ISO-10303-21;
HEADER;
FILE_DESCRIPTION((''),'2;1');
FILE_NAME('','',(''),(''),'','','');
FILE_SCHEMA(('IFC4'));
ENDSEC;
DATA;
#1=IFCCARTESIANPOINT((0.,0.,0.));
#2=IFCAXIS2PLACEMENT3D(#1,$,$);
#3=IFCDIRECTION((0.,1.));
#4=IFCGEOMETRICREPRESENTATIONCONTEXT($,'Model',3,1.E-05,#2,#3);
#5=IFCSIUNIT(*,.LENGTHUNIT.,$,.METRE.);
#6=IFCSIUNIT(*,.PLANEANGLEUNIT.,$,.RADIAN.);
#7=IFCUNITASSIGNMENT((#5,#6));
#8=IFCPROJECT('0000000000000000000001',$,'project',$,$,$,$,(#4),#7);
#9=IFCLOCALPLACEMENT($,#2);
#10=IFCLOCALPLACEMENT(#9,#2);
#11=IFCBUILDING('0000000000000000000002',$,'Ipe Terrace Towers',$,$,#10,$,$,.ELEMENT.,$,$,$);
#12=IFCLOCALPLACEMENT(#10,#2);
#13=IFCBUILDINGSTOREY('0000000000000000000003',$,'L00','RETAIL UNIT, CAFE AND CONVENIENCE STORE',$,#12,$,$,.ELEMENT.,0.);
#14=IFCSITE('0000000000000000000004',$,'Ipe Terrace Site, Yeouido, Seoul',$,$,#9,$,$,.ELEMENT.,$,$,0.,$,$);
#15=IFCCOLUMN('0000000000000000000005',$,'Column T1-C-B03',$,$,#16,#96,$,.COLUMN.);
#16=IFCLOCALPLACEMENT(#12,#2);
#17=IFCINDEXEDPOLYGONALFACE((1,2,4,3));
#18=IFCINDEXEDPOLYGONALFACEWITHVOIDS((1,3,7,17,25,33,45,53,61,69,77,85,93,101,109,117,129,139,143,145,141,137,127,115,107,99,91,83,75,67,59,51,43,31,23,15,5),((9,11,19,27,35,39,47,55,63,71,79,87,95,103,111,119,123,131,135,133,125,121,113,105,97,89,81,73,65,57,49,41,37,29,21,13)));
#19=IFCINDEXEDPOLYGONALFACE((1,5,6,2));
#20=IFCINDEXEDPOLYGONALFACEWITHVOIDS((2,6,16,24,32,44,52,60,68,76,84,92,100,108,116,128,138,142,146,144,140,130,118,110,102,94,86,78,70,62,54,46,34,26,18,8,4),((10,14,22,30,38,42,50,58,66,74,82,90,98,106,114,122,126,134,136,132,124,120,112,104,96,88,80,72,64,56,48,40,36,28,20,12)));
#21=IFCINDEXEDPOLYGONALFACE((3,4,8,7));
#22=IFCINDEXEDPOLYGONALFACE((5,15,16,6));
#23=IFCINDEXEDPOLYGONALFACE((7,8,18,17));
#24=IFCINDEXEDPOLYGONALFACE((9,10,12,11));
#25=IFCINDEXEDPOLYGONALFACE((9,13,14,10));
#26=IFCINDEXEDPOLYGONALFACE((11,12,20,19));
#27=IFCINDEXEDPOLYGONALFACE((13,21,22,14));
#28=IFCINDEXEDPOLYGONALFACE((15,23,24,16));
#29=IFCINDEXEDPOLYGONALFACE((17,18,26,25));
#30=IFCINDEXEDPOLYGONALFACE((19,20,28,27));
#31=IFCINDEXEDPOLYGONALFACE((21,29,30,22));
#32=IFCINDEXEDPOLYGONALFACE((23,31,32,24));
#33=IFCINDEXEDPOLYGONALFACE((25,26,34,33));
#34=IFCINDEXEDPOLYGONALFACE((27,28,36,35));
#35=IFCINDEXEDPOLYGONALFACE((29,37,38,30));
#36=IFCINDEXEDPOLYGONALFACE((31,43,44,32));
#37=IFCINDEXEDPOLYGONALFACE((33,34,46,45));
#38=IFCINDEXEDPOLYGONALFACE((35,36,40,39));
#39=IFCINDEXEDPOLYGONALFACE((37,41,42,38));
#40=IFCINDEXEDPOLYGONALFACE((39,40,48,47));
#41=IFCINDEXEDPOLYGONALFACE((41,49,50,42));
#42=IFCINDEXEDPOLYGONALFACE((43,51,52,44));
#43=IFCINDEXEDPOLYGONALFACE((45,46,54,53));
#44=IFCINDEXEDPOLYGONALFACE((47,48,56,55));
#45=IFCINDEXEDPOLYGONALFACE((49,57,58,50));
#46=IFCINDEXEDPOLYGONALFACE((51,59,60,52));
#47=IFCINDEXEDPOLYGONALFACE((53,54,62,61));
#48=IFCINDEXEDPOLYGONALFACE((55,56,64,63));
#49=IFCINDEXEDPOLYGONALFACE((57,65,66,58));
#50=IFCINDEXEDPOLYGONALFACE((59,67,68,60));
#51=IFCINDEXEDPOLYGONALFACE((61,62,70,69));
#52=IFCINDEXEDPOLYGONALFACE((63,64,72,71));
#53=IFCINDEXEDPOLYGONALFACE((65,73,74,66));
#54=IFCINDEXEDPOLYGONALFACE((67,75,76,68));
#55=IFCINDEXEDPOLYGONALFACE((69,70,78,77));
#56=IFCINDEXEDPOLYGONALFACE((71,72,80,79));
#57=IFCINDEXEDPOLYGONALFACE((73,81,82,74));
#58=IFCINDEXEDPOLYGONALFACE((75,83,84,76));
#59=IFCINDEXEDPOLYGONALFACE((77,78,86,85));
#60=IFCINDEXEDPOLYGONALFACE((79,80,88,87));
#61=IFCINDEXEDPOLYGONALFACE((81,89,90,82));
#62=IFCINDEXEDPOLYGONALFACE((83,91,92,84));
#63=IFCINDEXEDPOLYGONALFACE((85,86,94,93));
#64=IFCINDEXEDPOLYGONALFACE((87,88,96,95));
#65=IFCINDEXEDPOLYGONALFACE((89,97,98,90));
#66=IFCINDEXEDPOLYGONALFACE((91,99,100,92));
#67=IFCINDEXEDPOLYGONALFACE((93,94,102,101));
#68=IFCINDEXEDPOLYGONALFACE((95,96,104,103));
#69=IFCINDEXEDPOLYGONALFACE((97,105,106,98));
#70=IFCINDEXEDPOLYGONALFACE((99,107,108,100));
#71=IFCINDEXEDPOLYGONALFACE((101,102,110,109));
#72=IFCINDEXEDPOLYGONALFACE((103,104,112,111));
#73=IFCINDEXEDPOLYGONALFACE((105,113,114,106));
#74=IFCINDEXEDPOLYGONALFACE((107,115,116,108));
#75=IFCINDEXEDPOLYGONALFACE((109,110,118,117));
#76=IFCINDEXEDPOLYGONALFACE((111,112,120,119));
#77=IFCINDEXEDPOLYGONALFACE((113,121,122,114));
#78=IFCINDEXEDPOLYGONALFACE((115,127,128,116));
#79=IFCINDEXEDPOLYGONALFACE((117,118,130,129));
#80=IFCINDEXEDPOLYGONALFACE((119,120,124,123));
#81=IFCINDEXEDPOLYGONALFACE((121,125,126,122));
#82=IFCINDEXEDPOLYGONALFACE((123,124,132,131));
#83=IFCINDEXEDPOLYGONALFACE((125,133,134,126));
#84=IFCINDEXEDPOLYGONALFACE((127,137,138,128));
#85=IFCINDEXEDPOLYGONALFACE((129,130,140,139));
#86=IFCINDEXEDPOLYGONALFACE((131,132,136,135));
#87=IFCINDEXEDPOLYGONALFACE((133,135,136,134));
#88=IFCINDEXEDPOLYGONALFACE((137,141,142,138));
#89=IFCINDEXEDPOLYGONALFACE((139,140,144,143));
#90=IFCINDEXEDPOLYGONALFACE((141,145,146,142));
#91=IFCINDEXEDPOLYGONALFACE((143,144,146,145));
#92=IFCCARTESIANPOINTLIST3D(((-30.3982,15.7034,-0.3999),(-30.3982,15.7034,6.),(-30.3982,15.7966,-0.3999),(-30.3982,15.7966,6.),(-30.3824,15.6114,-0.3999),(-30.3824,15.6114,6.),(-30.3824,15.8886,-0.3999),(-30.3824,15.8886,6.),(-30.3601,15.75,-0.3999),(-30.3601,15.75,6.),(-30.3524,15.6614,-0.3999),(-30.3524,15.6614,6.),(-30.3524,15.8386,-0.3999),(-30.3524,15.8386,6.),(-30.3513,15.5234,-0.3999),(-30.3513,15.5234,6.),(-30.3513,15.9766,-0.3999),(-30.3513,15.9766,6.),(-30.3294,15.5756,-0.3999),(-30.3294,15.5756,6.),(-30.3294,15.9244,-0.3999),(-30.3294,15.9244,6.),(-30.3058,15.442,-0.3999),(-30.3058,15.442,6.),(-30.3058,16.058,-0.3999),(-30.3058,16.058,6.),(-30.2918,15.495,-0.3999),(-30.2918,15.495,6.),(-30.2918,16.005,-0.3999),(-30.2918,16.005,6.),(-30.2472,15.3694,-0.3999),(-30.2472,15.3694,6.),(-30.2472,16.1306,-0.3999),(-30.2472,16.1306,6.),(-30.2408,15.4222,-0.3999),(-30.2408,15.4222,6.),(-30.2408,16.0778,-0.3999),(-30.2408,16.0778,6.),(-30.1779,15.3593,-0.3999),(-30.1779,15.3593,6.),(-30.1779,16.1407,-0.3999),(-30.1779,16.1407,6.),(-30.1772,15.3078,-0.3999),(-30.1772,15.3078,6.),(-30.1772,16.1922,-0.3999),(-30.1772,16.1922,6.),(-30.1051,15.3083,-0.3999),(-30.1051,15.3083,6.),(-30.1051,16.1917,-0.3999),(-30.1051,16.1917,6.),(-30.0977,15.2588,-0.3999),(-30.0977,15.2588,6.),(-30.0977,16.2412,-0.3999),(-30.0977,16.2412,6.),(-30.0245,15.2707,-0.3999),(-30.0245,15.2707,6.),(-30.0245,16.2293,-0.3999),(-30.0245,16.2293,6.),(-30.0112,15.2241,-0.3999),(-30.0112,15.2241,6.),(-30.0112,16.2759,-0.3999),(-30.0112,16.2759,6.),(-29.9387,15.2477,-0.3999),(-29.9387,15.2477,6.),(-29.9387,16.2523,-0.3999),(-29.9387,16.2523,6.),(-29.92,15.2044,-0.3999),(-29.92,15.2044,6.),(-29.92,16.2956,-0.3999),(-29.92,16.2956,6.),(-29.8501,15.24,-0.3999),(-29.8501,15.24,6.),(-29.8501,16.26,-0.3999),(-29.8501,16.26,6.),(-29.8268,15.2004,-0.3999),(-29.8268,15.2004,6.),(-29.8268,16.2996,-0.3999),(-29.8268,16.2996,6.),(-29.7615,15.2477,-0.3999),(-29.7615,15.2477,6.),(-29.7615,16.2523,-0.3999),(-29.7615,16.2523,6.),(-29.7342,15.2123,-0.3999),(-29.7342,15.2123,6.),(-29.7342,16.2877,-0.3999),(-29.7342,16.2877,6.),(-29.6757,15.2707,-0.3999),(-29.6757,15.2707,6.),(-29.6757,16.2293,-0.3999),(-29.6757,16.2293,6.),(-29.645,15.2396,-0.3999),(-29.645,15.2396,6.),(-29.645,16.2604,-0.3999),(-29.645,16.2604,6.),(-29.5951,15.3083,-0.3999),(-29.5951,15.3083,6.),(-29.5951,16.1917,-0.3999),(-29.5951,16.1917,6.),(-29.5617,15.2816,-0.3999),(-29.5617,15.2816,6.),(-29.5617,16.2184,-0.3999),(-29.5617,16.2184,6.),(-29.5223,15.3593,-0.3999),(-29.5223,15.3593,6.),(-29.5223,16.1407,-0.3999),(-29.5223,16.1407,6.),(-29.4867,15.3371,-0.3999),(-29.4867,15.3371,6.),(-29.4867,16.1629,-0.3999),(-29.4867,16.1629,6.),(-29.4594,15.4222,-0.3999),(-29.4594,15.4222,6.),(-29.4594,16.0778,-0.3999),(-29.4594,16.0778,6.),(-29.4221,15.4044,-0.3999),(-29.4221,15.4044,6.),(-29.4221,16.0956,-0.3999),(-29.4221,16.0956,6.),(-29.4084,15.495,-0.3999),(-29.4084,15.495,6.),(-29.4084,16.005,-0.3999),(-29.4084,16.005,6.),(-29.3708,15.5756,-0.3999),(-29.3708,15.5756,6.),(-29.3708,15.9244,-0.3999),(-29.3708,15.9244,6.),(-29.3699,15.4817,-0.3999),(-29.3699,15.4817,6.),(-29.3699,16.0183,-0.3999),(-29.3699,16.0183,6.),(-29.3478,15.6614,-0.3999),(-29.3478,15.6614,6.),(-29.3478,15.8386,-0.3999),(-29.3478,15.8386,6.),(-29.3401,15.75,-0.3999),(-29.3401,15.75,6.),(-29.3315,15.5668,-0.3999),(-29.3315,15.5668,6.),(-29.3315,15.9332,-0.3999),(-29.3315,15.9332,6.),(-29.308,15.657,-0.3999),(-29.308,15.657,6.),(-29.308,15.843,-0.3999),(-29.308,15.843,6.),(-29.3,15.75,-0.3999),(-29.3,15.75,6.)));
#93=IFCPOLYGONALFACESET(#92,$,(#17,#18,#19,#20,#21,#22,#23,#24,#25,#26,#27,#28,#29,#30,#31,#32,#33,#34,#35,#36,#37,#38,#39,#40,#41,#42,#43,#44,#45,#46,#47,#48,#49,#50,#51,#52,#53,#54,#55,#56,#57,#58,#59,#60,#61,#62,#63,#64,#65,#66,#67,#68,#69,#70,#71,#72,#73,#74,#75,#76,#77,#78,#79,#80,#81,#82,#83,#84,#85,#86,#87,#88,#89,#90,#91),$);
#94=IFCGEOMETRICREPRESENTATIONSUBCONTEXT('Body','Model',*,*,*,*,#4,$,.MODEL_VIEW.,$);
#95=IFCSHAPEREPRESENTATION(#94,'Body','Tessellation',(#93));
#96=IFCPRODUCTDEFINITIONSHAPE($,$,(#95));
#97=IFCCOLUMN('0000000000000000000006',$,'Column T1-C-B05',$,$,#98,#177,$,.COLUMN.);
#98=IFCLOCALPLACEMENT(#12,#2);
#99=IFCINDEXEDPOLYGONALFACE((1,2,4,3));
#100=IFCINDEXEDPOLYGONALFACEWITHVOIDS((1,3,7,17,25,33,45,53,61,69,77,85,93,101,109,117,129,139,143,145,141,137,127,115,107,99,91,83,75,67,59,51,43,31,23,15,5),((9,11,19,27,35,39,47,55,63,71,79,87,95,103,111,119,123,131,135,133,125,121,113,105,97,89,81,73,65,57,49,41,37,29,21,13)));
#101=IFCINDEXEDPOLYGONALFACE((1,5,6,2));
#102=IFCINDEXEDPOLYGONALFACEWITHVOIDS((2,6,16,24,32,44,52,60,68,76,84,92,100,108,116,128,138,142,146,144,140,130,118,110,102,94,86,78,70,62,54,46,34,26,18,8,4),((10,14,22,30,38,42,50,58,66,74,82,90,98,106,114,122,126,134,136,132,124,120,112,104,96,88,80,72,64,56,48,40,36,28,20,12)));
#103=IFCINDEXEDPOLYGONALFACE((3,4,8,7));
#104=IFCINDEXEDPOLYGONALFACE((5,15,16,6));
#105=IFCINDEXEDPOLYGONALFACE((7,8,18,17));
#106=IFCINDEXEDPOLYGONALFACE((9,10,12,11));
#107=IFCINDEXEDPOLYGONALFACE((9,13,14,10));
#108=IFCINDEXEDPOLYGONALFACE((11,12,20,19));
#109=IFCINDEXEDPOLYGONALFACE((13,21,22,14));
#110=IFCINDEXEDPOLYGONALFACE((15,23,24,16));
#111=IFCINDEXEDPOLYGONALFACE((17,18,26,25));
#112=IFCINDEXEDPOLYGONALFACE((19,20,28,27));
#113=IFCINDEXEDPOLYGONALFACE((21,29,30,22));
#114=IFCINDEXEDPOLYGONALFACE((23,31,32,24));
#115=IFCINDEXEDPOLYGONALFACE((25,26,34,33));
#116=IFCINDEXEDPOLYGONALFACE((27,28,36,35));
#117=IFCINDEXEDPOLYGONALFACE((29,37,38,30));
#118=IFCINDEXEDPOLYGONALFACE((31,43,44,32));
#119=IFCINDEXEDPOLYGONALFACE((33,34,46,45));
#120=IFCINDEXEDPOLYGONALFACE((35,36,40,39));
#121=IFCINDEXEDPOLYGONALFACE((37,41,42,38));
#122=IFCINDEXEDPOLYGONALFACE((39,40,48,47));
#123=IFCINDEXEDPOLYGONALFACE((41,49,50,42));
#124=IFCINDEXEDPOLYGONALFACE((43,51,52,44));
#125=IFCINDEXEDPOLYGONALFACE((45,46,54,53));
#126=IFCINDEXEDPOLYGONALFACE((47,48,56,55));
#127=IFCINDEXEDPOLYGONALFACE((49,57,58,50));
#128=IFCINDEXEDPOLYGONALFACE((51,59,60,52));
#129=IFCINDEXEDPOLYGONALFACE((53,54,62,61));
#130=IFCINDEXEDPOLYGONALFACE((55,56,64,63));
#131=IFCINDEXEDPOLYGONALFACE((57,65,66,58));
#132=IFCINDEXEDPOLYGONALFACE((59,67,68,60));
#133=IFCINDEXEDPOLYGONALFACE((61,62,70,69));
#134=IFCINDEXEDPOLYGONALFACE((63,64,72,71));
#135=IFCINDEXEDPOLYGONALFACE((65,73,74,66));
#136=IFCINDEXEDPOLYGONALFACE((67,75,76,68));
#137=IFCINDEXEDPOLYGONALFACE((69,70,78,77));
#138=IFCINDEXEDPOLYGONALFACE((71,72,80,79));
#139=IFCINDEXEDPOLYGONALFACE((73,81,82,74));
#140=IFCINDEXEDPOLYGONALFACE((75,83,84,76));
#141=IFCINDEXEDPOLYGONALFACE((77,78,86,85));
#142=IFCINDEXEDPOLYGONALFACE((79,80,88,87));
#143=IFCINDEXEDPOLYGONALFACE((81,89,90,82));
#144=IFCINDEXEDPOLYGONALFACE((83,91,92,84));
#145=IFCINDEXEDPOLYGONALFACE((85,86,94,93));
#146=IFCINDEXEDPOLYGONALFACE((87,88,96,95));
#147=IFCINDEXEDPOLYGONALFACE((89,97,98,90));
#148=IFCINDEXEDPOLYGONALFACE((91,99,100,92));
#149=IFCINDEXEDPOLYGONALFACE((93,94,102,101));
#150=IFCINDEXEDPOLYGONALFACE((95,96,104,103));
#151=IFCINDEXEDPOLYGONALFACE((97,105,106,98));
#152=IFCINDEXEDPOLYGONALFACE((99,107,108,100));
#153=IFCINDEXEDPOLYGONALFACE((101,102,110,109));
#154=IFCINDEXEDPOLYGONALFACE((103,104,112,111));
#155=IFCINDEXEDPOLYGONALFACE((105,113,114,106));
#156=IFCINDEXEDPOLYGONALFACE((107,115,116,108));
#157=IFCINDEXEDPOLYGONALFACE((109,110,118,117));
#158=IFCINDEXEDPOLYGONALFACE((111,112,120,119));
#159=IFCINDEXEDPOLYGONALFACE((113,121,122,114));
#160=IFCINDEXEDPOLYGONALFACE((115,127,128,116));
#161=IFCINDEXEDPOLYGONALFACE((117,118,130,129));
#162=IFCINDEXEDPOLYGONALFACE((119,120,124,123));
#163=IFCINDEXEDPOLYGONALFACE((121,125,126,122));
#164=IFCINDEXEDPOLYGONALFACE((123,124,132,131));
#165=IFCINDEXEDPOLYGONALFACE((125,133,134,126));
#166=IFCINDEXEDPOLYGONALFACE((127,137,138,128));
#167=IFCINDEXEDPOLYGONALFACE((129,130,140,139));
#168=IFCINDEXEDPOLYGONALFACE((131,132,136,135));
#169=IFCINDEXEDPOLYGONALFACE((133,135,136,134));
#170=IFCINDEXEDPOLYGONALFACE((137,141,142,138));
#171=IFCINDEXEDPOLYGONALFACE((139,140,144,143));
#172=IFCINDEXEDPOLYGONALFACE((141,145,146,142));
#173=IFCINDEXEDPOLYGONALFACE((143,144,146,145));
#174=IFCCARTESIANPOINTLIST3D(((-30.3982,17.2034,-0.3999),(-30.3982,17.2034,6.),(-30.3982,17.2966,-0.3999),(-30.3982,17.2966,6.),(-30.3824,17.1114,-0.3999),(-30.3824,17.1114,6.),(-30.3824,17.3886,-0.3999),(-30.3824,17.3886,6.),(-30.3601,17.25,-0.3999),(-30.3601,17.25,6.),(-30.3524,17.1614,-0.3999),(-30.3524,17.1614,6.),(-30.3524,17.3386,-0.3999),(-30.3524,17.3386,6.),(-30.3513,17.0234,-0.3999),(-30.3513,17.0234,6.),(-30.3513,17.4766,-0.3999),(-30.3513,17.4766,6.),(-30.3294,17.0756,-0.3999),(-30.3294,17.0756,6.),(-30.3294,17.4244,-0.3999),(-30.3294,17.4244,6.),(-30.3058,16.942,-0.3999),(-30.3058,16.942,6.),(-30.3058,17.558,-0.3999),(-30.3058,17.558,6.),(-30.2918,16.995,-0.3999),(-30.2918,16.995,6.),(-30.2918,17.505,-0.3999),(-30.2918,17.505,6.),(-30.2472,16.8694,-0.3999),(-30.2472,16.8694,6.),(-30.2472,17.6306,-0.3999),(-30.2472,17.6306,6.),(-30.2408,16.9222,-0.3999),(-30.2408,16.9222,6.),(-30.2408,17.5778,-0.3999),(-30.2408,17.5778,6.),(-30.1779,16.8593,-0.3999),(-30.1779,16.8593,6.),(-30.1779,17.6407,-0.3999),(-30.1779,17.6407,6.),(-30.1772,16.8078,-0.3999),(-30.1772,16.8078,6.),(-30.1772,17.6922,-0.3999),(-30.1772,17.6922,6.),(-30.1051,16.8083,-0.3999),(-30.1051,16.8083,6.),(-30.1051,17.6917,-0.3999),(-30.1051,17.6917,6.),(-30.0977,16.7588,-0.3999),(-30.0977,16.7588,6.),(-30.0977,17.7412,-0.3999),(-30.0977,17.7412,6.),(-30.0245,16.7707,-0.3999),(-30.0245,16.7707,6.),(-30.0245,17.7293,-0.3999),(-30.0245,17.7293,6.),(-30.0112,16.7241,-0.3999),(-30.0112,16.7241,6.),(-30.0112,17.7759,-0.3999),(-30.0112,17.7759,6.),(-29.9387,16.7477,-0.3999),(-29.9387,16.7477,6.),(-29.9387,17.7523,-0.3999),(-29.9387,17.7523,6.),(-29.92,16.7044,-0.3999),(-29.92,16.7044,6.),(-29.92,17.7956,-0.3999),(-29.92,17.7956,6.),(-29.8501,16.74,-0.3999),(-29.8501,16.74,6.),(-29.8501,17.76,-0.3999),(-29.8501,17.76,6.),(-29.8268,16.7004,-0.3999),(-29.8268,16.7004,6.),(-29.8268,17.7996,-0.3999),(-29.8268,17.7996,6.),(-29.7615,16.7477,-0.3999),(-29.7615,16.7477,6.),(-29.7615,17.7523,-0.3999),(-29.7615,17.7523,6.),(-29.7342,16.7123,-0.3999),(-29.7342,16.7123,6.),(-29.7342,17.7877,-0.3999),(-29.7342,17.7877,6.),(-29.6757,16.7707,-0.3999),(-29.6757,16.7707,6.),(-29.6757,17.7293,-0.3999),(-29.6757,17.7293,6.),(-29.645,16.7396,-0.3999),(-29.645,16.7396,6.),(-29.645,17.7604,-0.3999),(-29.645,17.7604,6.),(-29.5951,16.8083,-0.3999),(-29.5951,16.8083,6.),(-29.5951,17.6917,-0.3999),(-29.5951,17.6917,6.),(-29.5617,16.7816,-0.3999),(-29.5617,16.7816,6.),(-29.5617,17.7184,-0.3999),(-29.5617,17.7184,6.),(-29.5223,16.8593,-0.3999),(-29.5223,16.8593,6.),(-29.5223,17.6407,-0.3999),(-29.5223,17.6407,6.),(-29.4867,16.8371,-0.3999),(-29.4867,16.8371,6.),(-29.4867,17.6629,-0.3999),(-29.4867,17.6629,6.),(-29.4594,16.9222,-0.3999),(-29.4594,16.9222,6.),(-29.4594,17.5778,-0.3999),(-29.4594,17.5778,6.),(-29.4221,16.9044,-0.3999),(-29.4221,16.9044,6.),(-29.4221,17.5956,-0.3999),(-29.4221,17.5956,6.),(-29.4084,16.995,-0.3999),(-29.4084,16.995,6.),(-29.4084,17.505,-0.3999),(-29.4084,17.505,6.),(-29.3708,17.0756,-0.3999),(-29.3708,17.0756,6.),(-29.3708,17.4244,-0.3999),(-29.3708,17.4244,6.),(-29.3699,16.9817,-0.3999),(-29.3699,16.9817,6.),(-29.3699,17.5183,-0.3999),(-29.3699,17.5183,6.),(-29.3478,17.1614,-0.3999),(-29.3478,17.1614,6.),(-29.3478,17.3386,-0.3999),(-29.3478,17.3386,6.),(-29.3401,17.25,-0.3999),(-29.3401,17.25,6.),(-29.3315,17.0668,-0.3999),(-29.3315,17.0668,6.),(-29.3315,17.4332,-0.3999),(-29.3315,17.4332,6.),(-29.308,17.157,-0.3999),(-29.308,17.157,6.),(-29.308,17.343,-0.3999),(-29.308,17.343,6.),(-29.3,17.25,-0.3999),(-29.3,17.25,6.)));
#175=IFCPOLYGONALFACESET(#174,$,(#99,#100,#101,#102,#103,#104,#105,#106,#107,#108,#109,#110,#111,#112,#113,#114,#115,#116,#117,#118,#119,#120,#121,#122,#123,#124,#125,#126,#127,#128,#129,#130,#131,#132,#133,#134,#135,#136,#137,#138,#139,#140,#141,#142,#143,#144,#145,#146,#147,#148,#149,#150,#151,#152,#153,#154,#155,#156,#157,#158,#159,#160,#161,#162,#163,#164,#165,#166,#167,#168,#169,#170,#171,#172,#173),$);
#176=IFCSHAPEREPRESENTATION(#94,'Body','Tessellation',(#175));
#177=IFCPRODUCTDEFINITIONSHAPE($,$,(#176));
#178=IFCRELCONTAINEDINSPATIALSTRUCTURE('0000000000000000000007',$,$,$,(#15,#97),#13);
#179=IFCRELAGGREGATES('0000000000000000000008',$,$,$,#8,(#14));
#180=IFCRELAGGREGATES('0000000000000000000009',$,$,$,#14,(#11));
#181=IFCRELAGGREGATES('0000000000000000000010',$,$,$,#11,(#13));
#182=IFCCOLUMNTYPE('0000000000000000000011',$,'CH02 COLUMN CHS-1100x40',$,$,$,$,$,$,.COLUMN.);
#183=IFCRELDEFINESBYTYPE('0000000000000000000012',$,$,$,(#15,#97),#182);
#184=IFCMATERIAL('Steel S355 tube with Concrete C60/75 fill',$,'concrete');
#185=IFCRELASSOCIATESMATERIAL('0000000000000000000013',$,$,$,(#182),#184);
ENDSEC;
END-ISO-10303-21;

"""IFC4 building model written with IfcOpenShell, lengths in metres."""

from ifc_helpers import new_model, si_unit, direction, frame, origin, origin_2d, place, context, subcontext, project, spatial, hollow_circle, extrude, material, material_profile, profile_set, type_object, element, save


model = new_model("IFC4")

# Units and contexts
model_context = context("Model", 3, precision=1e-05, world=origin(), true_north=direction((0.0, 1.0)))
body_context = subcontext(model_context, "Body", "Model", "MODEL_VIEW")
ifc_project = project(units=[si_unit("LENGTHUNIT", "METRE"), si_unit("PLANEANGLEUNIT", "RADIAN")], contexts=[model_context])

# Site, building, storey
site_placement = place(None, origin())
site = spatial("IfcSite", under=ifc_project, at=site_placement, Name="Ipe Terrace Site, Yeouido, Seoul", CompositionType="ELEMENT", RefElevation=0.0)
building_placement = place(site_placement, origin())
building = spatial("IfcBuilding", under=site, at=building_placement, Name="Ipe Terrace Towers", CompositionType="ELEMENT")
storey_placement = place(building_placement, origin())
storey = spatial("IfcBuildingStorey", under=building, at=storey_placement, Name="L00", Description="RETAIL UNIT, CAFE AND CONVENIENCE STORE", CompositionType="ELEMENT", Elevation=0.0)

# Columns
ifc_material_1 = material(Name="Steel S355 tube with Concrete C60/75 fill", Category="concrete")
ifc_material_profile_1 = material_profile(ifc_material_1, hollow_circle(Radius=0.55, WallThickness=0.04, at=origin_2d()), Name="CHS-1100x40")
ifc_profile_set_1 = profile_set([ifc_material_profile_1], Name="Steel S355 tube with Concrete C60/75 fill")
column_type_1 = type_object("IfcColumnType", Name="CH02 COLUMN CHS-1100x40", PredefinedType="COLUMN", material=ifc_profile_set_1)
for number, where, z_axis, x_axis, name in (
    (1, (-29.8501, 15.75, -0.3999), (0.0, 0.0, 1.0), (1.0, 0.0, 0.0), "Column T1-C-B03"),
    (2, (-29.8501, 17.25, -0.3999), (0.0, 0.0, 1.0), (1.0, 0.0, 0.0), "Column T1-C-B05"),
):
    element("IfcColumn", number, at=place(storey_placement, frame(where, z_axis=z_axis, x_axis=x_axis)), inside=storey, type_object=column_type_1, Name=name, PredefinedType="COLUMN", context=body_context, shape_type="SweptSolid", body=[
        extrude(hollow_circle(Radius=0.55, WallThickness=0.04, at=origin_2d()), origin(), (0.0, 0.0, 1.0), 6.3999),
    ])

save(model, "model.ifc")
